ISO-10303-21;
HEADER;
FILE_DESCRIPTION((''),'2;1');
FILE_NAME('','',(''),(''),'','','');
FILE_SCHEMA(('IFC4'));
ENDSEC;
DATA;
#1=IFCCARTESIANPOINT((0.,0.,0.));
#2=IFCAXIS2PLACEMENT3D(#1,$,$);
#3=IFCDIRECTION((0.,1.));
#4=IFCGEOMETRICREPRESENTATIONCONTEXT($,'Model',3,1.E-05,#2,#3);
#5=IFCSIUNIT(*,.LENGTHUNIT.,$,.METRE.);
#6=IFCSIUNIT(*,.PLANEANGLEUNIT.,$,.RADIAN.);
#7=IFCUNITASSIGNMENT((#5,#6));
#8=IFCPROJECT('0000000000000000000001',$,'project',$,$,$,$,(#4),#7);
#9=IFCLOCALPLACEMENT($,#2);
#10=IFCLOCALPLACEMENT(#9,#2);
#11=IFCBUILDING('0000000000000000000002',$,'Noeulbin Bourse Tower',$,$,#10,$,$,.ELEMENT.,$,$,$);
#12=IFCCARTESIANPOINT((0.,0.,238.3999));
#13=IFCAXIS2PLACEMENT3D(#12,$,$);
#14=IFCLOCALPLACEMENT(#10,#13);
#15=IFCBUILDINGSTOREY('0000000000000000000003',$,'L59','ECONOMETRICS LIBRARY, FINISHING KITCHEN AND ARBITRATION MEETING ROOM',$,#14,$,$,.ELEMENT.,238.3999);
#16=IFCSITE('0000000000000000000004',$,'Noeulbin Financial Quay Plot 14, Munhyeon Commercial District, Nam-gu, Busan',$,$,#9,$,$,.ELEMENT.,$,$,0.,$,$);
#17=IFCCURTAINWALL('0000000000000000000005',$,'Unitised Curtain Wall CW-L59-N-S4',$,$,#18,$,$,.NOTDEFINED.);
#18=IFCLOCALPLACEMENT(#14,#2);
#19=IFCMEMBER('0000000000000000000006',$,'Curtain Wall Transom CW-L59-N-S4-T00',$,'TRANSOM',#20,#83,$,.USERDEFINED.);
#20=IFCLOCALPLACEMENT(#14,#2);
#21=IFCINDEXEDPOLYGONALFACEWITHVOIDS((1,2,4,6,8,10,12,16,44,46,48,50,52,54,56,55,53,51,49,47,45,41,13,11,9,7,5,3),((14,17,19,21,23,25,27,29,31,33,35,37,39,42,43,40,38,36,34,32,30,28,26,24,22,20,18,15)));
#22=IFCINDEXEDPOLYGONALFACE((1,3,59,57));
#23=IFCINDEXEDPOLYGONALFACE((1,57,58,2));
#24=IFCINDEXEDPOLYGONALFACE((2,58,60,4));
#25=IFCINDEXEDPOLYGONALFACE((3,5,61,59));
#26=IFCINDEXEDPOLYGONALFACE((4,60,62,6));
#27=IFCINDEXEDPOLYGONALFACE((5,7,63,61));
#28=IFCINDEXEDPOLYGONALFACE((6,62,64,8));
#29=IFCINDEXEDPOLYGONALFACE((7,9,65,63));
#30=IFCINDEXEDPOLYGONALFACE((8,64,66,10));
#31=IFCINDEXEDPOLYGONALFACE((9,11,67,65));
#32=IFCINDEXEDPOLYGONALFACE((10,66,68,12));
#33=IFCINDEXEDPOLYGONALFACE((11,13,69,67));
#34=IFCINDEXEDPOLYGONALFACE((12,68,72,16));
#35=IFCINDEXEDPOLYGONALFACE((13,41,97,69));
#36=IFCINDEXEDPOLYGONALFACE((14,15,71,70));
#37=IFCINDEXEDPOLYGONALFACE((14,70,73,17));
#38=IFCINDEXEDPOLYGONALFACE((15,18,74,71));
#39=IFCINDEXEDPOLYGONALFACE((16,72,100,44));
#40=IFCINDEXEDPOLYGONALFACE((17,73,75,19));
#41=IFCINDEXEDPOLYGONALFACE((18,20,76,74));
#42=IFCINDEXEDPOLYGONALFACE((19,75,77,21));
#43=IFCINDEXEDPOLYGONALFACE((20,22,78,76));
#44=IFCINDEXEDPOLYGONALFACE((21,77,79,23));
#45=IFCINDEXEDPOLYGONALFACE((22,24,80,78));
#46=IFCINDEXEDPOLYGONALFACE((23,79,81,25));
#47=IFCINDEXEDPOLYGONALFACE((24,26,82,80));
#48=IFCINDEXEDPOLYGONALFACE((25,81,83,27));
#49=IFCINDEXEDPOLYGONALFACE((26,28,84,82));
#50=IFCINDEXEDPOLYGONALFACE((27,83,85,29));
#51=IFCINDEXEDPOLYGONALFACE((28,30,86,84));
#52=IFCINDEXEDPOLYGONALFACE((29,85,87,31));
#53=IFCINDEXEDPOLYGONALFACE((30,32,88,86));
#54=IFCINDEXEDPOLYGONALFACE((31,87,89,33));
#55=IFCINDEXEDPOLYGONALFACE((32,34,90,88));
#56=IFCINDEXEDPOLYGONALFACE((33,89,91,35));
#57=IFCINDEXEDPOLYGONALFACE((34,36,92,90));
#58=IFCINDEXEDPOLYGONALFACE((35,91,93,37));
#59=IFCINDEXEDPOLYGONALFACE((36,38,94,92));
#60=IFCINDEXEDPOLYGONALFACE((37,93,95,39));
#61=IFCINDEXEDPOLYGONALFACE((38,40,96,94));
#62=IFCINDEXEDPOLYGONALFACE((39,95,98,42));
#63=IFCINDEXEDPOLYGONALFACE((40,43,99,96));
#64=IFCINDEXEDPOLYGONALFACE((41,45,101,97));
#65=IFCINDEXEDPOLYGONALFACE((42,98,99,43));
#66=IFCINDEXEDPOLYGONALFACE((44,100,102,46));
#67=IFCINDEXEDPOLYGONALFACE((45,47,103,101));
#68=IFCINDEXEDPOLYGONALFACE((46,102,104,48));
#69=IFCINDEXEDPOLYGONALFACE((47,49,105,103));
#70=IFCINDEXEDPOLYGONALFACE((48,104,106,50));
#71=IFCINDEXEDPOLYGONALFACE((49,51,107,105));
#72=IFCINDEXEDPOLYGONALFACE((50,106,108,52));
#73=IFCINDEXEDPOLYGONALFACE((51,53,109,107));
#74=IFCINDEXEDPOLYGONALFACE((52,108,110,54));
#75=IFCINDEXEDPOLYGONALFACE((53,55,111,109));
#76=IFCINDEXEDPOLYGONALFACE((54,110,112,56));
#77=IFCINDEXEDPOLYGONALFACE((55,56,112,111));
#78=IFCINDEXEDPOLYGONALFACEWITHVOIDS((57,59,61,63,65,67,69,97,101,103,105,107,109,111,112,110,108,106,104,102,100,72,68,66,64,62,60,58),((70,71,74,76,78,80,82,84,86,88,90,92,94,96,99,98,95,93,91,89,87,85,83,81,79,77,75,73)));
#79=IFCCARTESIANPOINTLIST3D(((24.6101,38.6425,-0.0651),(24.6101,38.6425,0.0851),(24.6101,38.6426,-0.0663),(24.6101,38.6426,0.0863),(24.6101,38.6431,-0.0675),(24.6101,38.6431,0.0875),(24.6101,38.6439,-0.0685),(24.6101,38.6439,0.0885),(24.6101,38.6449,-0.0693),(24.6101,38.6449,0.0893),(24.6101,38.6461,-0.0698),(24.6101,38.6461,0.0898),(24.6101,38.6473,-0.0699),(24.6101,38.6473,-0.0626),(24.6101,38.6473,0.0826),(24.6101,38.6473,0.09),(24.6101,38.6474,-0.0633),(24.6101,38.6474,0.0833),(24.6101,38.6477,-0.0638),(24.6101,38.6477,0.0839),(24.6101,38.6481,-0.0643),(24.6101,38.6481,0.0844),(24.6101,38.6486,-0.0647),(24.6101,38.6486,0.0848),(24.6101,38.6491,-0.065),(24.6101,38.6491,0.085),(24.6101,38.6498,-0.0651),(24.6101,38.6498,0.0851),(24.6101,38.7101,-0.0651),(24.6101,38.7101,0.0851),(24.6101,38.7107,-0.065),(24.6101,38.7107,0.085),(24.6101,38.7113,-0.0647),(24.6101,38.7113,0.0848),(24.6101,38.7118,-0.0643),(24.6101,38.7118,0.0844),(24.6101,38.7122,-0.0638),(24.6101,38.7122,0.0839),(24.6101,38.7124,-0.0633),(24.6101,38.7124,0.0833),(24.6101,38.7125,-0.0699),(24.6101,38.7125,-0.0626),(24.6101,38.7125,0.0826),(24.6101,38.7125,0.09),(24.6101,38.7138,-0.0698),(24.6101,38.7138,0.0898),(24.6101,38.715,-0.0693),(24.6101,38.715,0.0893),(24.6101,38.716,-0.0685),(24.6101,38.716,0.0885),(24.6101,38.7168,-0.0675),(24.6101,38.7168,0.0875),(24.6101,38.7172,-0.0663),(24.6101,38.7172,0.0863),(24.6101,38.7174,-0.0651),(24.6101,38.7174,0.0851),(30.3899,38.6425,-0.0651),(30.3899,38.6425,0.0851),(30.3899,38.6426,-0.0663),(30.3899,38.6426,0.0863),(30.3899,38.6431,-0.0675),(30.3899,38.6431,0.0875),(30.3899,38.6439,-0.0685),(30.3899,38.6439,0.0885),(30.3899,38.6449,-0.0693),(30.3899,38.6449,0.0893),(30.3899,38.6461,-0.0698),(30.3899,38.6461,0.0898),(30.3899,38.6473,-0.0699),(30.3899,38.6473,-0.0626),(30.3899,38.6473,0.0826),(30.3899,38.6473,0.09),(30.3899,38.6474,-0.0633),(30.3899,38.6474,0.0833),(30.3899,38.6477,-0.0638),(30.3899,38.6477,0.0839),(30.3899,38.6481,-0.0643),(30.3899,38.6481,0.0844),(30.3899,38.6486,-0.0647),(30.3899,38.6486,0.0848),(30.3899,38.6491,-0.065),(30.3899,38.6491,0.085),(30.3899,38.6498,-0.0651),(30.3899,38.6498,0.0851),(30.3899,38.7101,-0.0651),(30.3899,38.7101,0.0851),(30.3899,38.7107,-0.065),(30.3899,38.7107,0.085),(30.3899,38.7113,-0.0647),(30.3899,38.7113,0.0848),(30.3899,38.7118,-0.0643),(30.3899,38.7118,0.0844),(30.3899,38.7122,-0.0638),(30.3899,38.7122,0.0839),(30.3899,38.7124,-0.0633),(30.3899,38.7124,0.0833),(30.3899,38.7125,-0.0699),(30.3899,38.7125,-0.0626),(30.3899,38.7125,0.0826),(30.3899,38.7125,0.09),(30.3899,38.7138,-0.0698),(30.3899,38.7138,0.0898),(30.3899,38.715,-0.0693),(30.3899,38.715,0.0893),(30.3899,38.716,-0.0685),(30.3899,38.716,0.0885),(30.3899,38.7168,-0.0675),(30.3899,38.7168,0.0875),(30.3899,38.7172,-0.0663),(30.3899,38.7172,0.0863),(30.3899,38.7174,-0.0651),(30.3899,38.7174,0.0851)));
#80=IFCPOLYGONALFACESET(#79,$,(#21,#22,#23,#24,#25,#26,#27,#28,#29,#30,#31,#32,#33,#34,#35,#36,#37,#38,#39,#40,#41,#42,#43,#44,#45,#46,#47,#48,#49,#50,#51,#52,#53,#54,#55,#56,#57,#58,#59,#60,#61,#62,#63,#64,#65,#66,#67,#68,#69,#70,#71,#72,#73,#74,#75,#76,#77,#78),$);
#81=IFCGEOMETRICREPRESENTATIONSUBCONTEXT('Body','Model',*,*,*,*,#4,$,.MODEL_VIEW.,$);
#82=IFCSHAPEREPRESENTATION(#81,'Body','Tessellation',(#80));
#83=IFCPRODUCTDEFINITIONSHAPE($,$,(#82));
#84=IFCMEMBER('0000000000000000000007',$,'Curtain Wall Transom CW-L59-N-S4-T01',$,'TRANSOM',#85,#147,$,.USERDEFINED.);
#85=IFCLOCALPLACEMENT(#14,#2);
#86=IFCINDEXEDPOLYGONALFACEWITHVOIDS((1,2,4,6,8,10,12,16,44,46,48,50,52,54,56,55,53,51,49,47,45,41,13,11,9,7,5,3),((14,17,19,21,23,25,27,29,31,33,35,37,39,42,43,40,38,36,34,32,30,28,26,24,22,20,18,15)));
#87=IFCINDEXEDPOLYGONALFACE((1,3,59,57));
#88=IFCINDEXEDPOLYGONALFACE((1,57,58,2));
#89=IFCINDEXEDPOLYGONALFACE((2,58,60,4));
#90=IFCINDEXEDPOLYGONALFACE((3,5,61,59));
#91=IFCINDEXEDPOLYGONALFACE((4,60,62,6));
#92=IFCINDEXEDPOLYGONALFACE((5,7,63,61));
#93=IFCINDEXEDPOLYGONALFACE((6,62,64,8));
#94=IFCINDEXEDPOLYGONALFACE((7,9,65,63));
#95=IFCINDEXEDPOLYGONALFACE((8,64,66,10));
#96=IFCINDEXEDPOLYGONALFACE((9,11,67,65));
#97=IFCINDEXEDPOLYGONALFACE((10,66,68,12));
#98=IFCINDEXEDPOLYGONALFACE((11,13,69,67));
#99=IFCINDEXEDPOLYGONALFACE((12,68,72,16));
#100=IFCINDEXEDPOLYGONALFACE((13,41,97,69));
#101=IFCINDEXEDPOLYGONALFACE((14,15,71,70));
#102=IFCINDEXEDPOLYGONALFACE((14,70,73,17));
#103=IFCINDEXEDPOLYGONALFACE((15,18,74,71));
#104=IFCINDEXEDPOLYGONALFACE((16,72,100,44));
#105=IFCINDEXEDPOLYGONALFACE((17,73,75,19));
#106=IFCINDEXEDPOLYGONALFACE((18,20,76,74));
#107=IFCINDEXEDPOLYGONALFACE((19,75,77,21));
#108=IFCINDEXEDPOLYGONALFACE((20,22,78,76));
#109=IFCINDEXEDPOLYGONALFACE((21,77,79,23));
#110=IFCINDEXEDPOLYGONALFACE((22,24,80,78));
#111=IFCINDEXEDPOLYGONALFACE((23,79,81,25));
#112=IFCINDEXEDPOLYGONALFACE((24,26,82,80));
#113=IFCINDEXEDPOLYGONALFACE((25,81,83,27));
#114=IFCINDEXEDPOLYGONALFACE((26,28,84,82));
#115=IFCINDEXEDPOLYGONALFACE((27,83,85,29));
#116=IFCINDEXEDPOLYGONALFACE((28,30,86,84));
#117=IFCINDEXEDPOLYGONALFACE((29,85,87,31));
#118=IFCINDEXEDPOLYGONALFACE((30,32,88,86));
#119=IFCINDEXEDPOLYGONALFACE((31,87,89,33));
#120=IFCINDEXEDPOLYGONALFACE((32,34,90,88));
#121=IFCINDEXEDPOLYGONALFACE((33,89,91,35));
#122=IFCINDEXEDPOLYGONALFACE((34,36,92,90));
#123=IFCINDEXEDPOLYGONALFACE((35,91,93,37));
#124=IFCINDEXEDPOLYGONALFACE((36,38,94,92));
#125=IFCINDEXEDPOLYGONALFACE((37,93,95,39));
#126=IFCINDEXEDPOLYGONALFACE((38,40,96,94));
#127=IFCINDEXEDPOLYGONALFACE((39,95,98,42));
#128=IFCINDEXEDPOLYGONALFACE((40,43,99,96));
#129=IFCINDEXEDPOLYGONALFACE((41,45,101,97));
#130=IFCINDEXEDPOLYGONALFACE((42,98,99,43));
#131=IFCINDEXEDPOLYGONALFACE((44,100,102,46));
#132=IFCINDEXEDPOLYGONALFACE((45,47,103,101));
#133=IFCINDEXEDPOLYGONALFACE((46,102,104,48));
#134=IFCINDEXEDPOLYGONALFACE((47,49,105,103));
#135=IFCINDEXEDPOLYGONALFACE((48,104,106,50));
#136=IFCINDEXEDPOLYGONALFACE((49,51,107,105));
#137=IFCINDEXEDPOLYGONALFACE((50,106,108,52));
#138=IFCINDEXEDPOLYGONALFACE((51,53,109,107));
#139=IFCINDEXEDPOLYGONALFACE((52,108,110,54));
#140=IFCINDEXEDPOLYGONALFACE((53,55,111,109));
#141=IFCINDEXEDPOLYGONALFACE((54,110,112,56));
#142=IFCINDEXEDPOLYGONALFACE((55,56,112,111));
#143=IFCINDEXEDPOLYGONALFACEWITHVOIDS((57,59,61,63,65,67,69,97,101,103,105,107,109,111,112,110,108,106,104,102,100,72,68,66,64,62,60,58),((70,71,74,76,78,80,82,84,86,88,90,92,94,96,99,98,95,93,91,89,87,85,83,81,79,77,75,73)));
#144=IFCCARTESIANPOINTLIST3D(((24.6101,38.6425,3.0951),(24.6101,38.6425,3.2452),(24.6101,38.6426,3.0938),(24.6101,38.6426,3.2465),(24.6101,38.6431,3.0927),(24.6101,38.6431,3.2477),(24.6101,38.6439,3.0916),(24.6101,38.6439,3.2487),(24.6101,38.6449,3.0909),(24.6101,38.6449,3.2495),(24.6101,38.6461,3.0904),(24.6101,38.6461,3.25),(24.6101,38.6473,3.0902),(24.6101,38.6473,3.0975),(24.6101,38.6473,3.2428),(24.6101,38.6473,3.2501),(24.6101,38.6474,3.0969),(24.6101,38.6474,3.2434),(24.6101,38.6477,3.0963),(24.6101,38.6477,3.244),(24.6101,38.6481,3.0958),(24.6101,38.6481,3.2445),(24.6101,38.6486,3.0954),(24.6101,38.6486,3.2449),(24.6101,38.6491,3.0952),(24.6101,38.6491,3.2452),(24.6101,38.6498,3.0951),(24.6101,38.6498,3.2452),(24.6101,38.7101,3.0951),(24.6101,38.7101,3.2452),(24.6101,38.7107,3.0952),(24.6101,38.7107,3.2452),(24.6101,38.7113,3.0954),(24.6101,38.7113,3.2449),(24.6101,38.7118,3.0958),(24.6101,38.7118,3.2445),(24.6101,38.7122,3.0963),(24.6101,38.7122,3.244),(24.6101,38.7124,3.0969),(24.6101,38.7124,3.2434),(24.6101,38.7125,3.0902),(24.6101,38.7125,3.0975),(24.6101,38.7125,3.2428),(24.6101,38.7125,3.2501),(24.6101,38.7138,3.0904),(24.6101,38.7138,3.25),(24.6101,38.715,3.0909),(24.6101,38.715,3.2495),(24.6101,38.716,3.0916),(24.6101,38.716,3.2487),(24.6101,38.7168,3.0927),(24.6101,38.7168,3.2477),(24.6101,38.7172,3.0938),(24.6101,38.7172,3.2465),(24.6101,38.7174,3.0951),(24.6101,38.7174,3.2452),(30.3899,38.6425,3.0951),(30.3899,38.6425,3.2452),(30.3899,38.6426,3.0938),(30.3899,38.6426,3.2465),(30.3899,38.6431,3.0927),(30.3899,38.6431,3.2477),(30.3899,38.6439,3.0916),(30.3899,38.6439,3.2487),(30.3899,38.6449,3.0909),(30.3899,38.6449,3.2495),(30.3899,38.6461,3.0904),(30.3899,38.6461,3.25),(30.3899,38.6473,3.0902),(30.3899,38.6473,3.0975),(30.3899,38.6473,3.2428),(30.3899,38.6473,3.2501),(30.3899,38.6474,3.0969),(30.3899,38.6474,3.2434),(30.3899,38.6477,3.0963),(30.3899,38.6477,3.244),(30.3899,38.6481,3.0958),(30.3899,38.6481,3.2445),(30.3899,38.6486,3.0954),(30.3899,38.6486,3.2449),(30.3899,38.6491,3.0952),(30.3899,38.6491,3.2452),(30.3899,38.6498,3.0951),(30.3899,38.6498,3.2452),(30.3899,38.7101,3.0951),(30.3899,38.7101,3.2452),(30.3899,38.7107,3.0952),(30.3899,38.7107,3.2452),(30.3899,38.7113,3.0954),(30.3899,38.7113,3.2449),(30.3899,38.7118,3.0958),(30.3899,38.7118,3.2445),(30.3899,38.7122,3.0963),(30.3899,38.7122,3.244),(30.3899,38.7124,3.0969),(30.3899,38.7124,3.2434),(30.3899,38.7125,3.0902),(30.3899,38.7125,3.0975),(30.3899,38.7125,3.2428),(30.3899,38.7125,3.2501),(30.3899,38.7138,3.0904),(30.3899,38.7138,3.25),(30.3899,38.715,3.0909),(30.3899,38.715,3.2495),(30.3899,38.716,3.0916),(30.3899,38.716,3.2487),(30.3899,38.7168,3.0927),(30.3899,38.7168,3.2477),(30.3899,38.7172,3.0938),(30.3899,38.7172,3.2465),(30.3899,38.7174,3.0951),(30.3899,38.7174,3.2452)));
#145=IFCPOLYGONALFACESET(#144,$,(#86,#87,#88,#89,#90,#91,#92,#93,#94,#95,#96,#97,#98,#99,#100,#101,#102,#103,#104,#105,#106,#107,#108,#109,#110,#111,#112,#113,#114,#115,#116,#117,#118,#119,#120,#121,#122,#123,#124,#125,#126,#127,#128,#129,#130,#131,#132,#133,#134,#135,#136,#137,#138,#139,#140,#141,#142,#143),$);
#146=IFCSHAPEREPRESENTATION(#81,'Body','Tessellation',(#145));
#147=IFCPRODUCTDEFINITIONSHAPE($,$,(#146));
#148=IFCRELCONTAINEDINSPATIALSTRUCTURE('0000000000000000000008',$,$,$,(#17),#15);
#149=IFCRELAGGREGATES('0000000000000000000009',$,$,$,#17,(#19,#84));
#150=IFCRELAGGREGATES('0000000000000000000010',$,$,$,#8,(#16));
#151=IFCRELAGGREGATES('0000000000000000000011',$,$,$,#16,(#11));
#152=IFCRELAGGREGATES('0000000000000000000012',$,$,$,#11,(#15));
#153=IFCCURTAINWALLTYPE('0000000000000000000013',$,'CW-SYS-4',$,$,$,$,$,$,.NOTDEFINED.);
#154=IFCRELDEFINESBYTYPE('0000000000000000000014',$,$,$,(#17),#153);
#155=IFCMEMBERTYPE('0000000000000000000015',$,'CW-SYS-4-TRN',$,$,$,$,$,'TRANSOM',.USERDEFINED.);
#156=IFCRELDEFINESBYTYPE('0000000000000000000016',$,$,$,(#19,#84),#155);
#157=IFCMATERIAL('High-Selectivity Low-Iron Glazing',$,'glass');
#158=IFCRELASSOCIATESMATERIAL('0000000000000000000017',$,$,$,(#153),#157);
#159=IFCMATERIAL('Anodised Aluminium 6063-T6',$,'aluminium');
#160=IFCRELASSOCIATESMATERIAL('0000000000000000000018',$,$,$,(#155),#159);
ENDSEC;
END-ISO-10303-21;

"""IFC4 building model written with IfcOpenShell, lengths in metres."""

from ifc_helpers import new_model, si_unit, direction, frame, origin, origin_2d, place, context, subcontext, project, spatial, hollow_rectangle, extrude, material, material_profile, profile_set, type_object, element, aggregate, save


model = new_model("IFC4")

# Units and contexts
model_context = context("Model", 3, precision=1e-05, world=origin(), true_north=direction((0.0, 1.0)))
body_context = subcontext(model_context, "Body", "Model", "MODEL_VIEW")
ifc_project = project(units=[si_unit("LENGTHUNIT", "METRE"), si_unit("PLANEANGLEUNIT", "RADIAN")], contexts=[model_context])

# Site, building, storey
site_placement = place(None, origin())
site = spatial("IfcSite", under=ifc_project, at=site_placement, Name="Noeulbin Financial Quay Plot 14, Munhyeon Commercial District, Nam-gu, Busan", CompositionType="ELEMENT", RefElevation=0.0)
building_placement = place(site_placement, origin())
building = spatial("IfcBuilding", under=site, at=building_placement, Name="Noeulbin Bourse Tower", CompositionType="ELEMENT")
storey_placement = place(building_placement, frame((0.0, 0.0, 238.3999)))
storey = spatial("IfcBuildingStorey", under=building, at=storey_placement, Name="L59", Description="ECONOMETRICS LIBRARY, FINISHING KITCHEN AND ARBITRATION MEETING ROOM", CompositionType="ELEMENT", Elevation=238.3999)

# Curtain wall
ifc_material_1 = material(Name="High-Selectivity Low-Iron Glazing", Category="glass")
curtain_wall_type = type_object("IfcCurtainWallType", Name="CW-SYS-4", PredefinedType="NOTDEFINED", material=ifc_material_1)
curtain_wall_1_placement = place(storey_placement, origin())
curtain_wall_1 = element("IfcCurtainWall", 1, at=curtain_wall_1_placement, inside=storey, type_object=curtain_wall_type, Name="Unitised Curtain Wall CW-L59-N-S4", PredefinedType="NOTDEFINED")
ifc_material_2 = material(Name="Anodised Aluminium 6063-T6", Category="aluminium")

# Members
ifc_material_profile_1 = material_profile(ifc_material_2, hollow_rectangle(XDim=0.075, YDim=0.1599, WallThickness=0.0049, InnerFilletRadius=0.0024, OuterFilletRadius=0.0049, at=origin_2d()), Name="ALU-TRAN-75x160x5", Category="LoadBearing")
ifc_profile_set_1 = profile_set([ifc_material_profile_1], Name="Anodised Aluminium 6063-T6")
member_type_1 = type_object("IfcMemberType", Name="CW-SYS-4-TRN", ElementType="TRANSOM", PredefinedType="USERDEFINED", material=ifc_profile_set_1)
member_1_placement = place(storey_placement, frame((24.6101, 38.6799, 0.01), z_axis=(1.0, 0.0, 0.0), x_axis=(0.0, 1.0, 0.0)))
member_1 = element("IfcMember", 2, at=member_1_placement, type_object=member_type_1, Name="Curtain Wall Transom CW-L59-N-S4-T00", ObjectType="TRANSOM", PredefinedType="USERDEFINED", context=body_context, shape_type="SweptSolid", body=[
    extrude(hollow_rectangle(XDim=0.075, YDim=0.1599, WallThickness=0.0049, InnerFilletRadius=0.0024, OuterFilletRadius=0.0049, at=origin_2d()), origin(), (0.0, 0.0, 1.0), 5.7798),
])
member_2_placement = place(storey_placement, frame((24.6101, 38.6799, 3.1702), z_axis=(1.0, 0.0, 0.0), x_axis=(0.0, 1.0, 0.0)))
member_2 = element("IfcMember", 3, at=member_2_placement, type_object=member_type_1, Name="Curtain Wall Transom CW-L59-N-S4-T01", ObjectType="TRANSOM", PredefinedType="USERDEFINED", context=body_context, shape_type="SweptSolid", body=[
    extrude(hollow_rectangle(XDim=0.075, YDim=0.1599, WallThickness=0.0049, InnerFilletRadius=0.0024, OuterFilletRadius=0.0049, at=origin_2d()), origin(), (0.0, 0.0, 1.0), 5.7798),
])

aggregate(curtain_wall_1, [member_1, member_2])

save(model, "model.ifc")
